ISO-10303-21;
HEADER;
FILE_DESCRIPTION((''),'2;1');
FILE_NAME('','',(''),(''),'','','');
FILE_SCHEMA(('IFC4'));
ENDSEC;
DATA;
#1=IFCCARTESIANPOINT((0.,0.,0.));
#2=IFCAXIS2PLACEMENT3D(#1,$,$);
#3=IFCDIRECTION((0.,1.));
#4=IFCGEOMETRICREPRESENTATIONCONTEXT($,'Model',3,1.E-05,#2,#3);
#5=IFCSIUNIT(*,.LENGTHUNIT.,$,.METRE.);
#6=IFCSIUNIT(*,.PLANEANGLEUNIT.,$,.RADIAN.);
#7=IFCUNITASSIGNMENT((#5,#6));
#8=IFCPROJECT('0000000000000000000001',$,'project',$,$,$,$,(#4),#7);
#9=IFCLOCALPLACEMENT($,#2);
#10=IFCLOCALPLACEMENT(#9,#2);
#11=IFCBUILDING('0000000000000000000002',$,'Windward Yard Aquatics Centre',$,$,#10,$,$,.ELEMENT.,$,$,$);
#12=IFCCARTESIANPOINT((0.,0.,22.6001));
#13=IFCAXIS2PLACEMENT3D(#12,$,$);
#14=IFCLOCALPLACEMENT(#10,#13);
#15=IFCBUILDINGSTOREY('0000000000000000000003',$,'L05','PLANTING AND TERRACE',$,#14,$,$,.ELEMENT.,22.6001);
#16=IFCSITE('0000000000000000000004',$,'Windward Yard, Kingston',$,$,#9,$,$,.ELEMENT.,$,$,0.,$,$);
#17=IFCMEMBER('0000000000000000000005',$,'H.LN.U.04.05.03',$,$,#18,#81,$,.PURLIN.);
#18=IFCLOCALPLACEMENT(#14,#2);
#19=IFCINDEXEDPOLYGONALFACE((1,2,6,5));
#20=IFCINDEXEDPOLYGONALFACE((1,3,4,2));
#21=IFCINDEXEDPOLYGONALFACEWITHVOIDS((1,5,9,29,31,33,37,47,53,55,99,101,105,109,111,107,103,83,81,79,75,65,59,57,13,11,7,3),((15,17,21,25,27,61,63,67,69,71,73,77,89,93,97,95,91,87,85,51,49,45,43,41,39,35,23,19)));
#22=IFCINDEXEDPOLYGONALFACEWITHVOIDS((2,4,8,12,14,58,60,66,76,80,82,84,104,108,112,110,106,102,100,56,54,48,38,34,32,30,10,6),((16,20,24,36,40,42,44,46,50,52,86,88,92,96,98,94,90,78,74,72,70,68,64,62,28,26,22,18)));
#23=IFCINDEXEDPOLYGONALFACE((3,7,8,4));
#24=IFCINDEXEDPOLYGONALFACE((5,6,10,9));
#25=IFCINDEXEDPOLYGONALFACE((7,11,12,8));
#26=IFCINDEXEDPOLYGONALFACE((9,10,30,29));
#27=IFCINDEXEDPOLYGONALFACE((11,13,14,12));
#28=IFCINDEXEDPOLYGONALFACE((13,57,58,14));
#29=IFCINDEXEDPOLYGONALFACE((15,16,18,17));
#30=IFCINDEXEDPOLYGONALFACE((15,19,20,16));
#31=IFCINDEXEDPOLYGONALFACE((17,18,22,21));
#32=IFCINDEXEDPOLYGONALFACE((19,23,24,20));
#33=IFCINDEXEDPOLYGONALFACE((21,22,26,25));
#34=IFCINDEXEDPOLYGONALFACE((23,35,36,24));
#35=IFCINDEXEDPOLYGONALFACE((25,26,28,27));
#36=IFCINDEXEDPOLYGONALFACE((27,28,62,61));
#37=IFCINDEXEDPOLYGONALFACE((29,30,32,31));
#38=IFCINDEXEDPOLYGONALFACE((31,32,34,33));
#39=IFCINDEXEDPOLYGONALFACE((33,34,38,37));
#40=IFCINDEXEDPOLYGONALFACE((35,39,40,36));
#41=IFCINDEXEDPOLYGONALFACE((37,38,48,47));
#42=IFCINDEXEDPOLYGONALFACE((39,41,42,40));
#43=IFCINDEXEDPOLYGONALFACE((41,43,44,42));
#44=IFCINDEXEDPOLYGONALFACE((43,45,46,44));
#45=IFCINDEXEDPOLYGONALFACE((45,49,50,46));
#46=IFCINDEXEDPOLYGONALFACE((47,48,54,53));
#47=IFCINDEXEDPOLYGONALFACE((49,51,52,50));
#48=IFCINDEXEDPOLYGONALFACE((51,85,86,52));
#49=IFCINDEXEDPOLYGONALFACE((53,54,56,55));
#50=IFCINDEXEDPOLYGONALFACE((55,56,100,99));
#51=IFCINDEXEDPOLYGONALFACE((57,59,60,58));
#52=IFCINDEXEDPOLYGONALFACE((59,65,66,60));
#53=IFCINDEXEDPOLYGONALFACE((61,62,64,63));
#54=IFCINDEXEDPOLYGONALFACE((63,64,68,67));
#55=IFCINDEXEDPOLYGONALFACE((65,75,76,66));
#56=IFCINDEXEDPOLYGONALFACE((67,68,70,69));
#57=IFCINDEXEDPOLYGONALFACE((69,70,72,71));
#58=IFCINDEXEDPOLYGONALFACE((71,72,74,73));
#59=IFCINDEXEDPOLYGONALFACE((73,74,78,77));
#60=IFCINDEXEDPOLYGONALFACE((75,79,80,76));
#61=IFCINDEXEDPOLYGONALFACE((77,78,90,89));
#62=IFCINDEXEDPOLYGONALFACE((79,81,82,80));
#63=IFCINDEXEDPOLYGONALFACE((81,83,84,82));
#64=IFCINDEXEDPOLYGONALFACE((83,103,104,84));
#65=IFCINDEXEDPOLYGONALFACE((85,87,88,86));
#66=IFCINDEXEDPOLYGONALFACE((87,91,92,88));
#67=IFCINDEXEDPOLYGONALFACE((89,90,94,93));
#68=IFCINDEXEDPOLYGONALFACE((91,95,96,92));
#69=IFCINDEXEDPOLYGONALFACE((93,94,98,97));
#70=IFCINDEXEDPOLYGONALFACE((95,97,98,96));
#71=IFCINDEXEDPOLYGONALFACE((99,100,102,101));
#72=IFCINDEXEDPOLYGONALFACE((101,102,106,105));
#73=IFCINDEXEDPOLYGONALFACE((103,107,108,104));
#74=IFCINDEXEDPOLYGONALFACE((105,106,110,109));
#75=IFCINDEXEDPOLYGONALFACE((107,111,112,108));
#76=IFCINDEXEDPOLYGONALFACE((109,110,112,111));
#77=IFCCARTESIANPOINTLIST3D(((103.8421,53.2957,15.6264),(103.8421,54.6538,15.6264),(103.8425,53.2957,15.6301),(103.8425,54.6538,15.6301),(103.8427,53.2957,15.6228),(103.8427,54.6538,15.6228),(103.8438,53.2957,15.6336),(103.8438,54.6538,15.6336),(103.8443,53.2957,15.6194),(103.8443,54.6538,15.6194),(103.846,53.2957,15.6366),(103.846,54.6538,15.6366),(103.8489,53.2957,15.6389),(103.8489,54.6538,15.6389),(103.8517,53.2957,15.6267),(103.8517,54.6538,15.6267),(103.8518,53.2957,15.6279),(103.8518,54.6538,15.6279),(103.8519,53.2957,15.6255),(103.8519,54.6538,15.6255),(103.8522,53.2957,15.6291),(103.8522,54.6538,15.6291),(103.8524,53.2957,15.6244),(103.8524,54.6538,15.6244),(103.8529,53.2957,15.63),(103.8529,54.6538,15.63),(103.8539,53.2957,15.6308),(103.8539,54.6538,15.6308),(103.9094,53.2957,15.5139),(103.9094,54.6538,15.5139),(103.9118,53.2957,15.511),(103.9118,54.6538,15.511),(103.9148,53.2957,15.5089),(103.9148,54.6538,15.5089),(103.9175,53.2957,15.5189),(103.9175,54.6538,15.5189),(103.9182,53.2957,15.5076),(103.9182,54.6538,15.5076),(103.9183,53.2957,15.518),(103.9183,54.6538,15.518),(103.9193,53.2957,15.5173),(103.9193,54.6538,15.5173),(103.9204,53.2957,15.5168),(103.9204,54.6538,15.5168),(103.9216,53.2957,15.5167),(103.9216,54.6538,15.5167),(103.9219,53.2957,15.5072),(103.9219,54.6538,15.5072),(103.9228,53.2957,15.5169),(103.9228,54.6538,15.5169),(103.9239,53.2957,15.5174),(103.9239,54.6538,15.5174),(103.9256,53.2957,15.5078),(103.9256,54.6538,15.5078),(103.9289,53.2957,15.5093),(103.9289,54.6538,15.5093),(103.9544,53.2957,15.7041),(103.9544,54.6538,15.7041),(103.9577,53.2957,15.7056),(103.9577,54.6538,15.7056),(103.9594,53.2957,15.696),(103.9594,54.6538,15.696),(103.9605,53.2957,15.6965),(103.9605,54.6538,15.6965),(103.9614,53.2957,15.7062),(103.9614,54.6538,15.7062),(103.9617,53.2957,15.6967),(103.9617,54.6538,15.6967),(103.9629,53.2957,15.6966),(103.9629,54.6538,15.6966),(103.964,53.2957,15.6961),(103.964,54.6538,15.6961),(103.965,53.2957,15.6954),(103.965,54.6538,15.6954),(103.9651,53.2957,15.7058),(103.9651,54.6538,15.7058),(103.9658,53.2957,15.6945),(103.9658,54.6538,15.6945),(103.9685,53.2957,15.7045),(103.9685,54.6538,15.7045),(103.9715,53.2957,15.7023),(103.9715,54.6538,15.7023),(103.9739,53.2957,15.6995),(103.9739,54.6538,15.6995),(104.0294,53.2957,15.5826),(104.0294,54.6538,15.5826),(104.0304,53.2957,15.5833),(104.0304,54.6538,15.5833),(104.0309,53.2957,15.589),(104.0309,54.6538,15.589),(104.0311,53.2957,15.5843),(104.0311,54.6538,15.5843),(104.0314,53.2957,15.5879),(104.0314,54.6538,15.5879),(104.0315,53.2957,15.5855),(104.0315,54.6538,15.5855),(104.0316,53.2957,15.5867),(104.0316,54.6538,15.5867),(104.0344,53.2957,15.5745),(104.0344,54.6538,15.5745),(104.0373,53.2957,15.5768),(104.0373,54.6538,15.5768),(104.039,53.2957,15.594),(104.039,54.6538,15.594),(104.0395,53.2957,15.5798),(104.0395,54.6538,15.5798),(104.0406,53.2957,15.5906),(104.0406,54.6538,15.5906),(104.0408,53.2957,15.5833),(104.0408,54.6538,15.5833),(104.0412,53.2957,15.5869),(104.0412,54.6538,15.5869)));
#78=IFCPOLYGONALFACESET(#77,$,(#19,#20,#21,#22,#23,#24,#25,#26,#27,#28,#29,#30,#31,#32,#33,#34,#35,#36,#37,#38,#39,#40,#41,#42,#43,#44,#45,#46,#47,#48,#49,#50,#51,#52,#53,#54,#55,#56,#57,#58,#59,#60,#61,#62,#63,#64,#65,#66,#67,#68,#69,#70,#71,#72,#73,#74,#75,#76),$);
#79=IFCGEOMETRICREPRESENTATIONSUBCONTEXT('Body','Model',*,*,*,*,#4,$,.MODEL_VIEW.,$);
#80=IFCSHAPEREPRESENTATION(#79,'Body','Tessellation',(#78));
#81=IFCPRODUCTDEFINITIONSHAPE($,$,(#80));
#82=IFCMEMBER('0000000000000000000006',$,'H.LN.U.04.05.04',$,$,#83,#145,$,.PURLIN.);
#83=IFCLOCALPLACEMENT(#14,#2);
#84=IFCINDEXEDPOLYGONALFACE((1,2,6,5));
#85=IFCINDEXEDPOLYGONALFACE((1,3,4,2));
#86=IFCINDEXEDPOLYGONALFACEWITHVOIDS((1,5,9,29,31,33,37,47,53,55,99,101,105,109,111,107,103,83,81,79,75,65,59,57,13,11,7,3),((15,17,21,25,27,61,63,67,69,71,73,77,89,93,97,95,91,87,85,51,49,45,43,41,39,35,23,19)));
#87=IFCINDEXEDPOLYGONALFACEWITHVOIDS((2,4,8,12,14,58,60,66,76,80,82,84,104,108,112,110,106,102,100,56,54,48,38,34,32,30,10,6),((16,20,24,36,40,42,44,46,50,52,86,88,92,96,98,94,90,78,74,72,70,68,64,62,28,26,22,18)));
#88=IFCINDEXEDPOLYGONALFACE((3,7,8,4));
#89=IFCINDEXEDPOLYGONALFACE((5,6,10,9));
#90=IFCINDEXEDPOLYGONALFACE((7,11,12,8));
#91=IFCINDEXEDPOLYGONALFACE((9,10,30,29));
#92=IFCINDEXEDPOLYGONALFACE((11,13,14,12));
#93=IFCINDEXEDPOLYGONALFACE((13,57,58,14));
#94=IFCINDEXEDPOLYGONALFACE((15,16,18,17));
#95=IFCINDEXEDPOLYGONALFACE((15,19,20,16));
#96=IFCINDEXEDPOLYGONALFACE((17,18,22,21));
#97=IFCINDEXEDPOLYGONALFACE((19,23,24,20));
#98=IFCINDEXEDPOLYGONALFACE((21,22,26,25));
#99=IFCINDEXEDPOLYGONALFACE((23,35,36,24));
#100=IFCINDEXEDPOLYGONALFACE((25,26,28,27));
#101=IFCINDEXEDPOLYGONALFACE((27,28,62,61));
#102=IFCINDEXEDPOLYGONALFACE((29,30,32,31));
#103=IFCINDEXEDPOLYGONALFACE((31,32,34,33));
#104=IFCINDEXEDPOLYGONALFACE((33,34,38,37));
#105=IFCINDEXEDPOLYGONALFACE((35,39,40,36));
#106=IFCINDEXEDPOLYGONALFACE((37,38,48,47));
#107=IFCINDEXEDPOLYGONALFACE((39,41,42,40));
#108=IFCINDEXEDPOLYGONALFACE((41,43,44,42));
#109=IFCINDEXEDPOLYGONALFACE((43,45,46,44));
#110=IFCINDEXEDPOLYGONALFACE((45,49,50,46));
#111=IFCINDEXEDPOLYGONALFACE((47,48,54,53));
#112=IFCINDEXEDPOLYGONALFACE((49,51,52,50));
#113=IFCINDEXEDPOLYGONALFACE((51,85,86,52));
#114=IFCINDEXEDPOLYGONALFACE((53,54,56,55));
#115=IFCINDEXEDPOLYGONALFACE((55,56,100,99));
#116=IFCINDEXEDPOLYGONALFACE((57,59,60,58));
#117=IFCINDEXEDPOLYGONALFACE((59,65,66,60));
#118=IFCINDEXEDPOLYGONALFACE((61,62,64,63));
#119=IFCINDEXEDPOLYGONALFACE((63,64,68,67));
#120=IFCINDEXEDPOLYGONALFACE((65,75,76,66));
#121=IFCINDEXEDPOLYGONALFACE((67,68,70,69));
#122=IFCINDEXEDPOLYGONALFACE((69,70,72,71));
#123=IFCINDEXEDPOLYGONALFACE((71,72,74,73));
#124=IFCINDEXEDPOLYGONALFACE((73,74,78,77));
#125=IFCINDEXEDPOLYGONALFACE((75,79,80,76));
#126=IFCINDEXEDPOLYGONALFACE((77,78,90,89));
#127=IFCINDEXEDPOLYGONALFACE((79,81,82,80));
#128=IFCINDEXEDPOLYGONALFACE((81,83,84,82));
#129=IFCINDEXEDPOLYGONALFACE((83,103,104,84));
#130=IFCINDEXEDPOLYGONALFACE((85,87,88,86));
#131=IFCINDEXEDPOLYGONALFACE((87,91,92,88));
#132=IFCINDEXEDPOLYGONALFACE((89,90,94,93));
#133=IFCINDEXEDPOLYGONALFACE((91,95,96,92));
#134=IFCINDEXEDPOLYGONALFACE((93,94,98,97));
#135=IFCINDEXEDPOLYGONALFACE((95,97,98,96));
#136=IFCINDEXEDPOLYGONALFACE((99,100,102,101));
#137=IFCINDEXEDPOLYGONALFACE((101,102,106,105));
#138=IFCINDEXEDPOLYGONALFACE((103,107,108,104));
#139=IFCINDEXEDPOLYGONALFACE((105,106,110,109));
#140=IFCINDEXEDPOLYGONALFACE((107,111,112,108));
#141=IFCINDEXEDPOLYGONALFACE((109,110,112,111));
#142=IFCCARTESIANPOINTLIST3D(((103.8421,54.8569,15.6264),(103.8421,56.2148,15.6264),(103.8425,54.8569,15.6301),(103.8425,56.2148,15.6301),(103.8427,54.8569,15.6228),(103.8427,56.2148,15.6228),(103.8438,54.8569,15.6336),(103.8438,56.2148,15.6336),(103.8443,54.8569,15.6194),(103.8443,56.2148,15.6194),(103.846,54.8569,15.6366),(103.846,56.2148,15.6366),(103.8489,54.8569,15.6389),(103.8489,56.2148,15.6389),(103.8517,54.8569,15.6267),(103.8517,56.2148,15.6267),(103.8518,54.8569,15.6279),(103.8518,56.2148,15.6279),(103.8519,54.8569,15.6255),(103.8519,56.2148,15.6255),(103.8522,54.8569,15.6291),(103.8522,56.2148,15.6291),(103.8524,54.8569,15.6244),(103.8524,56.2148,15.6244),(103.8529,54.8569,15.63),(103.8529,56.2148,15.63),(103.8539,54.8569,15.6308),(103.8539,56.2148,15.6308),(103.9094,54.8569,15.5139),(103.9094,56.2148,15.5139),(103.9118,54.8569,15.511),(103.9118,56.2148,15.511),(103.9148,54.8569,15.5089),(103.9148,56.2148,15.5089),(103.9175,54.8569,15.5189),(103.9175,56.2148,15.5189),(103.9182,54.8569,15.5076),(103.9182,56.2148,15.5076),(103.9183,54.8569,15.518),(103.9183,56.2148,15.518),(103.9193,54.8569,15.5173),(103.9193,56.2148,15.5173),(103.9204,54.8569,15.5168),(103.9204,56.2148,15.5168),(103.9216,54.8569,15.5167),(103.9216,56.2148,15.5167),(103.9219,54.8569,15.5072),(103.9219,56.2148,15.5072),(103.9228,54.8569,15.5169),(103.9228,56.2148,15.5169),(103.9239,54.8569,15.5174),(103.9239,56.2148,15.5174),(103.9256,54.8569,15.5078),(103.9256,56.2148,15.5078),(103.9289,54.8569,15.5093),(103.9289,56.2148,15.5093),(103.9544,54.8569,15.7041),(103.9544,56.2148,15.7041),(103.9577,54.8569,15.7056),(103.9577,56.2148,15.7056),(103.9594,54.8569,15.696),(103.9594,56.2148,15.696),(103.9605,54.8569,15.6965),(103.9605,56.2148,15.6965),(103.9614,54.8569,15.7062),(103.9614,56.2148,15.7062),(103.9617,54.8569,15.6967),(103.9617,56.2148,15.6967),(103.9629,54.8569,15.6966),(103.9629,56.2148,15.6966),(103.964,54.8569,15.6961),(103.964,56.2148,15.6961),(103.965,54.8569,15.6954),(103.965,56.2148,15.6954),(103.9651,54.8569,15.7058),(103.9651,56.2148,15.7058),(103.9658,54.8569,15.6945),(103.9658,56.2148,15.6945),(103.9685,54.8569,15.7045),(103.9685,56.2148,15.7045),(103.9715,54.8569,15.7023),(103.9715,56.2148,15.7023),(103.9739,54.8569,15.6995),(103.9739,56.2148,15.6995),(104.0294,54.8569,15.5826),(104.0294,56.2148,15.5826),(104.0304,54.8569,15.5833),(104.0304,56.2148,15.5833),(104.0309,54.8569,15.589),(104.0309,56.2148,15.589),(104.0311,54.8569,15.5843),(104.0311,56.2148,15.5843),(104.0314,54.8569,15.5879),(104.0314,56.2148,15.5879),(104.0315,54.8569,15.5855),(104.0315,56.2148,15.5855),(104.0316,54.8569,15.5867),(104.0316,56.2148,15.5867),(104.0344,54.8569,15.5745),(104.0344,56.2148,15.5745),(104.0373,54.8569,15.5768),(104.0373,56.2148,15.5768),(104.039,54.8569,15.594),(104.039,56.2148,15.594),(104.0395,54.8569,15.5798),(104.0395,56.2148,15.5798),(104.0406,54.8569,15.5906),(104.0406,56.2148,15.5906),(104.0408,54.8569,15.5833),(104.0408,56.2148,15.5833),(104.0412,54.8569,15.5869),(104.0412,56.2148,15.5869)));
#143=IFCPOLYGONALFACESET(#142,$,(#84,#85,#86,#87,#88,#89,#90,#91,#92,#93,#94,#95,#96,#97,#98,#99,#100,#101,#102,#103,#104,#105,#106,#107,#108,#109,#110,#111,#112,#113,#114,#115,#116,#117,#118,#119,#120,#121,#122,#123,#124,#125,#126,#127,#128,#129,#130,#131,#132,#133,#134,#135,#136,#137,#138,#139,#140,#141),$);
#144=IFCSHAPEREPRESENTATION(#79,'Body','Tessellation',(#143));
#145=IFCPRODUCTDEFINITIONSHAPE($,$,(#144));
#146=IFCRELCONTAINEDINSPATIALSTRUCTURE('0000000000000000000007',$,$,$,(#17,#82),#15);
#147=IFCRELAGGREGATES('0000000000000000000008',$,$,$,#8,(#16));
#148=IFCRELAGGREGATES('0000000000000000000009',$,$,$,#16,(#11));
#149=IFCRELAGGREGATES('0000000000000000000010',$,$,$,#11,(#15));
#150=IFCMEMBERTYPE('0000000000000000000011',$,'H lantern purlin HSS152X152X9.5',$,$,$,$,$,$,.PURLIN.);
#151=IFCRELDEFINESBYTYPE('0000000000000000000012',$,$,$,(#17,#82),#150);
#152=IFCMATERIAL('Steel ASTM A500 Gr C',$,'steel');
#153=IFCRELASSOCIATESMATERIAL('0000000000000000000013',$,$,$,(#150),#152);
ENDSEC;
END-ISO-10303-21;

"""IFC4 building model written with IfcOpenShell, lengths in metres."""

from ifc_helpers import new_model, si_unit, direction, frame, origin, origin_2d, place, context, subcontext, project, spatial, hollow_rectangle, extrude, material, material_profile, profile_set, type_object, element, save


model = new_model("IFC4")

# Units and contexts
model_context = context("Model", 3, precision=1e-05, world=origin(), true_north=direction((0.0, 1.0)))
body_context = subcontext(model_context, "Body", "Model", "MODEL_VIEW")
ifc_project = project(units=[si_unit("LENGTHUNIT", "METRE"), si_unit("PLANEANGLEUNIT", "RADIAN")], contexts=[model_context])

# Site, building, storey
site_placement = place(None, origin())
site = spatial("IfcSite", under=ifc_project, at=site_placement, Name="Windward Yard, Kingston", CompositionType="ELEMENT", RefElevation=0.0)
building_placement = place(site_placement, origin())
building = spatial("IfcBuilding", under=site, at=building_placement, Name="Windward Yard Aquatics Centre", CompositionType="ELEMENT")
storey_placement = place(building_placement, frame((0.0, 0.0, 22.6001)))
storey = spatial("IfcBuildingStorey", under=building, at=storey_placement, Name="L05", Description="PLANTING AND TERRACE", CompositionType="ELEMENT", Elevation=22.6001)

# Members
ifc_material_1 = material(Name="Steel ASTM A500 Gr C", Category="steel")
ifc_material_profile = material_profile(ifc_material_1, hollow_rectangle(XDim=0.1523, YDim=0.1523, WallThickness=0.0095, InnerFilletRadius=0.0046, OuterFilletRadius=0.0142, at=origin_2d()), Name="HSS152X152X9.5")
ifc_profile_set = profile_set([ifc_material_profile], Name="Steel ASTM A500 Gr C")
member_type = type_object("IfcMemberType", Name="H lantern purlin HSS152X152X9.5", PredefinedType="PURLIN", material=ifc_profile_set)
member_1_placement = place(storey_placement, frame((103.9417, 53.2957, 15.6067), z_axis=(0.0, 1.0, 0.0), x_axis=(-0.850755, 0.0, -0.525562)))
element("IfcMember", 1, at=member_1_placement, inside=storey, type_object=member_type, Name="H.LN.U.04.05.03", PredefinedType="PURLIN", context=body_context, shape_type="SweptSolid", body=[
    extrude(hollow_rectangle(XDim=0.1523, YDim=0.1523, WallThickness=0.0095, InnerFilletRadius=0.0046, OuterFilletRadius=0.0142, at=origin_2d()), origin(), (0.0, 0.0, 1.0), 1.3582),
])
member_2_placement = place(storey_placement, frame((103.9417, 54.8569, 15.6067), z_axis=(0.0, 1.0, 0.0), x_axis=(-0.850755, 0.0, -0.525562)))
element("IfcMember", 2, at=member_2_placement, inside=storey, type_object=member_type, Name="H.LN.U.04.05.04", PredefinedType="PURLIN", context=body_context, shape_type="SweptSolid", body=[
    extrude(hollow_rectangle(XDim=0.1523, YDim=0.1523, WallThickness=0.0095, InnerFilletRadius=0.0046, OuterFilletRadius=0.0142, at=origin_2d()), origin(), (0.0, 0.0, 1.0), 1.3579),
])

save(model, "model.ifc")
